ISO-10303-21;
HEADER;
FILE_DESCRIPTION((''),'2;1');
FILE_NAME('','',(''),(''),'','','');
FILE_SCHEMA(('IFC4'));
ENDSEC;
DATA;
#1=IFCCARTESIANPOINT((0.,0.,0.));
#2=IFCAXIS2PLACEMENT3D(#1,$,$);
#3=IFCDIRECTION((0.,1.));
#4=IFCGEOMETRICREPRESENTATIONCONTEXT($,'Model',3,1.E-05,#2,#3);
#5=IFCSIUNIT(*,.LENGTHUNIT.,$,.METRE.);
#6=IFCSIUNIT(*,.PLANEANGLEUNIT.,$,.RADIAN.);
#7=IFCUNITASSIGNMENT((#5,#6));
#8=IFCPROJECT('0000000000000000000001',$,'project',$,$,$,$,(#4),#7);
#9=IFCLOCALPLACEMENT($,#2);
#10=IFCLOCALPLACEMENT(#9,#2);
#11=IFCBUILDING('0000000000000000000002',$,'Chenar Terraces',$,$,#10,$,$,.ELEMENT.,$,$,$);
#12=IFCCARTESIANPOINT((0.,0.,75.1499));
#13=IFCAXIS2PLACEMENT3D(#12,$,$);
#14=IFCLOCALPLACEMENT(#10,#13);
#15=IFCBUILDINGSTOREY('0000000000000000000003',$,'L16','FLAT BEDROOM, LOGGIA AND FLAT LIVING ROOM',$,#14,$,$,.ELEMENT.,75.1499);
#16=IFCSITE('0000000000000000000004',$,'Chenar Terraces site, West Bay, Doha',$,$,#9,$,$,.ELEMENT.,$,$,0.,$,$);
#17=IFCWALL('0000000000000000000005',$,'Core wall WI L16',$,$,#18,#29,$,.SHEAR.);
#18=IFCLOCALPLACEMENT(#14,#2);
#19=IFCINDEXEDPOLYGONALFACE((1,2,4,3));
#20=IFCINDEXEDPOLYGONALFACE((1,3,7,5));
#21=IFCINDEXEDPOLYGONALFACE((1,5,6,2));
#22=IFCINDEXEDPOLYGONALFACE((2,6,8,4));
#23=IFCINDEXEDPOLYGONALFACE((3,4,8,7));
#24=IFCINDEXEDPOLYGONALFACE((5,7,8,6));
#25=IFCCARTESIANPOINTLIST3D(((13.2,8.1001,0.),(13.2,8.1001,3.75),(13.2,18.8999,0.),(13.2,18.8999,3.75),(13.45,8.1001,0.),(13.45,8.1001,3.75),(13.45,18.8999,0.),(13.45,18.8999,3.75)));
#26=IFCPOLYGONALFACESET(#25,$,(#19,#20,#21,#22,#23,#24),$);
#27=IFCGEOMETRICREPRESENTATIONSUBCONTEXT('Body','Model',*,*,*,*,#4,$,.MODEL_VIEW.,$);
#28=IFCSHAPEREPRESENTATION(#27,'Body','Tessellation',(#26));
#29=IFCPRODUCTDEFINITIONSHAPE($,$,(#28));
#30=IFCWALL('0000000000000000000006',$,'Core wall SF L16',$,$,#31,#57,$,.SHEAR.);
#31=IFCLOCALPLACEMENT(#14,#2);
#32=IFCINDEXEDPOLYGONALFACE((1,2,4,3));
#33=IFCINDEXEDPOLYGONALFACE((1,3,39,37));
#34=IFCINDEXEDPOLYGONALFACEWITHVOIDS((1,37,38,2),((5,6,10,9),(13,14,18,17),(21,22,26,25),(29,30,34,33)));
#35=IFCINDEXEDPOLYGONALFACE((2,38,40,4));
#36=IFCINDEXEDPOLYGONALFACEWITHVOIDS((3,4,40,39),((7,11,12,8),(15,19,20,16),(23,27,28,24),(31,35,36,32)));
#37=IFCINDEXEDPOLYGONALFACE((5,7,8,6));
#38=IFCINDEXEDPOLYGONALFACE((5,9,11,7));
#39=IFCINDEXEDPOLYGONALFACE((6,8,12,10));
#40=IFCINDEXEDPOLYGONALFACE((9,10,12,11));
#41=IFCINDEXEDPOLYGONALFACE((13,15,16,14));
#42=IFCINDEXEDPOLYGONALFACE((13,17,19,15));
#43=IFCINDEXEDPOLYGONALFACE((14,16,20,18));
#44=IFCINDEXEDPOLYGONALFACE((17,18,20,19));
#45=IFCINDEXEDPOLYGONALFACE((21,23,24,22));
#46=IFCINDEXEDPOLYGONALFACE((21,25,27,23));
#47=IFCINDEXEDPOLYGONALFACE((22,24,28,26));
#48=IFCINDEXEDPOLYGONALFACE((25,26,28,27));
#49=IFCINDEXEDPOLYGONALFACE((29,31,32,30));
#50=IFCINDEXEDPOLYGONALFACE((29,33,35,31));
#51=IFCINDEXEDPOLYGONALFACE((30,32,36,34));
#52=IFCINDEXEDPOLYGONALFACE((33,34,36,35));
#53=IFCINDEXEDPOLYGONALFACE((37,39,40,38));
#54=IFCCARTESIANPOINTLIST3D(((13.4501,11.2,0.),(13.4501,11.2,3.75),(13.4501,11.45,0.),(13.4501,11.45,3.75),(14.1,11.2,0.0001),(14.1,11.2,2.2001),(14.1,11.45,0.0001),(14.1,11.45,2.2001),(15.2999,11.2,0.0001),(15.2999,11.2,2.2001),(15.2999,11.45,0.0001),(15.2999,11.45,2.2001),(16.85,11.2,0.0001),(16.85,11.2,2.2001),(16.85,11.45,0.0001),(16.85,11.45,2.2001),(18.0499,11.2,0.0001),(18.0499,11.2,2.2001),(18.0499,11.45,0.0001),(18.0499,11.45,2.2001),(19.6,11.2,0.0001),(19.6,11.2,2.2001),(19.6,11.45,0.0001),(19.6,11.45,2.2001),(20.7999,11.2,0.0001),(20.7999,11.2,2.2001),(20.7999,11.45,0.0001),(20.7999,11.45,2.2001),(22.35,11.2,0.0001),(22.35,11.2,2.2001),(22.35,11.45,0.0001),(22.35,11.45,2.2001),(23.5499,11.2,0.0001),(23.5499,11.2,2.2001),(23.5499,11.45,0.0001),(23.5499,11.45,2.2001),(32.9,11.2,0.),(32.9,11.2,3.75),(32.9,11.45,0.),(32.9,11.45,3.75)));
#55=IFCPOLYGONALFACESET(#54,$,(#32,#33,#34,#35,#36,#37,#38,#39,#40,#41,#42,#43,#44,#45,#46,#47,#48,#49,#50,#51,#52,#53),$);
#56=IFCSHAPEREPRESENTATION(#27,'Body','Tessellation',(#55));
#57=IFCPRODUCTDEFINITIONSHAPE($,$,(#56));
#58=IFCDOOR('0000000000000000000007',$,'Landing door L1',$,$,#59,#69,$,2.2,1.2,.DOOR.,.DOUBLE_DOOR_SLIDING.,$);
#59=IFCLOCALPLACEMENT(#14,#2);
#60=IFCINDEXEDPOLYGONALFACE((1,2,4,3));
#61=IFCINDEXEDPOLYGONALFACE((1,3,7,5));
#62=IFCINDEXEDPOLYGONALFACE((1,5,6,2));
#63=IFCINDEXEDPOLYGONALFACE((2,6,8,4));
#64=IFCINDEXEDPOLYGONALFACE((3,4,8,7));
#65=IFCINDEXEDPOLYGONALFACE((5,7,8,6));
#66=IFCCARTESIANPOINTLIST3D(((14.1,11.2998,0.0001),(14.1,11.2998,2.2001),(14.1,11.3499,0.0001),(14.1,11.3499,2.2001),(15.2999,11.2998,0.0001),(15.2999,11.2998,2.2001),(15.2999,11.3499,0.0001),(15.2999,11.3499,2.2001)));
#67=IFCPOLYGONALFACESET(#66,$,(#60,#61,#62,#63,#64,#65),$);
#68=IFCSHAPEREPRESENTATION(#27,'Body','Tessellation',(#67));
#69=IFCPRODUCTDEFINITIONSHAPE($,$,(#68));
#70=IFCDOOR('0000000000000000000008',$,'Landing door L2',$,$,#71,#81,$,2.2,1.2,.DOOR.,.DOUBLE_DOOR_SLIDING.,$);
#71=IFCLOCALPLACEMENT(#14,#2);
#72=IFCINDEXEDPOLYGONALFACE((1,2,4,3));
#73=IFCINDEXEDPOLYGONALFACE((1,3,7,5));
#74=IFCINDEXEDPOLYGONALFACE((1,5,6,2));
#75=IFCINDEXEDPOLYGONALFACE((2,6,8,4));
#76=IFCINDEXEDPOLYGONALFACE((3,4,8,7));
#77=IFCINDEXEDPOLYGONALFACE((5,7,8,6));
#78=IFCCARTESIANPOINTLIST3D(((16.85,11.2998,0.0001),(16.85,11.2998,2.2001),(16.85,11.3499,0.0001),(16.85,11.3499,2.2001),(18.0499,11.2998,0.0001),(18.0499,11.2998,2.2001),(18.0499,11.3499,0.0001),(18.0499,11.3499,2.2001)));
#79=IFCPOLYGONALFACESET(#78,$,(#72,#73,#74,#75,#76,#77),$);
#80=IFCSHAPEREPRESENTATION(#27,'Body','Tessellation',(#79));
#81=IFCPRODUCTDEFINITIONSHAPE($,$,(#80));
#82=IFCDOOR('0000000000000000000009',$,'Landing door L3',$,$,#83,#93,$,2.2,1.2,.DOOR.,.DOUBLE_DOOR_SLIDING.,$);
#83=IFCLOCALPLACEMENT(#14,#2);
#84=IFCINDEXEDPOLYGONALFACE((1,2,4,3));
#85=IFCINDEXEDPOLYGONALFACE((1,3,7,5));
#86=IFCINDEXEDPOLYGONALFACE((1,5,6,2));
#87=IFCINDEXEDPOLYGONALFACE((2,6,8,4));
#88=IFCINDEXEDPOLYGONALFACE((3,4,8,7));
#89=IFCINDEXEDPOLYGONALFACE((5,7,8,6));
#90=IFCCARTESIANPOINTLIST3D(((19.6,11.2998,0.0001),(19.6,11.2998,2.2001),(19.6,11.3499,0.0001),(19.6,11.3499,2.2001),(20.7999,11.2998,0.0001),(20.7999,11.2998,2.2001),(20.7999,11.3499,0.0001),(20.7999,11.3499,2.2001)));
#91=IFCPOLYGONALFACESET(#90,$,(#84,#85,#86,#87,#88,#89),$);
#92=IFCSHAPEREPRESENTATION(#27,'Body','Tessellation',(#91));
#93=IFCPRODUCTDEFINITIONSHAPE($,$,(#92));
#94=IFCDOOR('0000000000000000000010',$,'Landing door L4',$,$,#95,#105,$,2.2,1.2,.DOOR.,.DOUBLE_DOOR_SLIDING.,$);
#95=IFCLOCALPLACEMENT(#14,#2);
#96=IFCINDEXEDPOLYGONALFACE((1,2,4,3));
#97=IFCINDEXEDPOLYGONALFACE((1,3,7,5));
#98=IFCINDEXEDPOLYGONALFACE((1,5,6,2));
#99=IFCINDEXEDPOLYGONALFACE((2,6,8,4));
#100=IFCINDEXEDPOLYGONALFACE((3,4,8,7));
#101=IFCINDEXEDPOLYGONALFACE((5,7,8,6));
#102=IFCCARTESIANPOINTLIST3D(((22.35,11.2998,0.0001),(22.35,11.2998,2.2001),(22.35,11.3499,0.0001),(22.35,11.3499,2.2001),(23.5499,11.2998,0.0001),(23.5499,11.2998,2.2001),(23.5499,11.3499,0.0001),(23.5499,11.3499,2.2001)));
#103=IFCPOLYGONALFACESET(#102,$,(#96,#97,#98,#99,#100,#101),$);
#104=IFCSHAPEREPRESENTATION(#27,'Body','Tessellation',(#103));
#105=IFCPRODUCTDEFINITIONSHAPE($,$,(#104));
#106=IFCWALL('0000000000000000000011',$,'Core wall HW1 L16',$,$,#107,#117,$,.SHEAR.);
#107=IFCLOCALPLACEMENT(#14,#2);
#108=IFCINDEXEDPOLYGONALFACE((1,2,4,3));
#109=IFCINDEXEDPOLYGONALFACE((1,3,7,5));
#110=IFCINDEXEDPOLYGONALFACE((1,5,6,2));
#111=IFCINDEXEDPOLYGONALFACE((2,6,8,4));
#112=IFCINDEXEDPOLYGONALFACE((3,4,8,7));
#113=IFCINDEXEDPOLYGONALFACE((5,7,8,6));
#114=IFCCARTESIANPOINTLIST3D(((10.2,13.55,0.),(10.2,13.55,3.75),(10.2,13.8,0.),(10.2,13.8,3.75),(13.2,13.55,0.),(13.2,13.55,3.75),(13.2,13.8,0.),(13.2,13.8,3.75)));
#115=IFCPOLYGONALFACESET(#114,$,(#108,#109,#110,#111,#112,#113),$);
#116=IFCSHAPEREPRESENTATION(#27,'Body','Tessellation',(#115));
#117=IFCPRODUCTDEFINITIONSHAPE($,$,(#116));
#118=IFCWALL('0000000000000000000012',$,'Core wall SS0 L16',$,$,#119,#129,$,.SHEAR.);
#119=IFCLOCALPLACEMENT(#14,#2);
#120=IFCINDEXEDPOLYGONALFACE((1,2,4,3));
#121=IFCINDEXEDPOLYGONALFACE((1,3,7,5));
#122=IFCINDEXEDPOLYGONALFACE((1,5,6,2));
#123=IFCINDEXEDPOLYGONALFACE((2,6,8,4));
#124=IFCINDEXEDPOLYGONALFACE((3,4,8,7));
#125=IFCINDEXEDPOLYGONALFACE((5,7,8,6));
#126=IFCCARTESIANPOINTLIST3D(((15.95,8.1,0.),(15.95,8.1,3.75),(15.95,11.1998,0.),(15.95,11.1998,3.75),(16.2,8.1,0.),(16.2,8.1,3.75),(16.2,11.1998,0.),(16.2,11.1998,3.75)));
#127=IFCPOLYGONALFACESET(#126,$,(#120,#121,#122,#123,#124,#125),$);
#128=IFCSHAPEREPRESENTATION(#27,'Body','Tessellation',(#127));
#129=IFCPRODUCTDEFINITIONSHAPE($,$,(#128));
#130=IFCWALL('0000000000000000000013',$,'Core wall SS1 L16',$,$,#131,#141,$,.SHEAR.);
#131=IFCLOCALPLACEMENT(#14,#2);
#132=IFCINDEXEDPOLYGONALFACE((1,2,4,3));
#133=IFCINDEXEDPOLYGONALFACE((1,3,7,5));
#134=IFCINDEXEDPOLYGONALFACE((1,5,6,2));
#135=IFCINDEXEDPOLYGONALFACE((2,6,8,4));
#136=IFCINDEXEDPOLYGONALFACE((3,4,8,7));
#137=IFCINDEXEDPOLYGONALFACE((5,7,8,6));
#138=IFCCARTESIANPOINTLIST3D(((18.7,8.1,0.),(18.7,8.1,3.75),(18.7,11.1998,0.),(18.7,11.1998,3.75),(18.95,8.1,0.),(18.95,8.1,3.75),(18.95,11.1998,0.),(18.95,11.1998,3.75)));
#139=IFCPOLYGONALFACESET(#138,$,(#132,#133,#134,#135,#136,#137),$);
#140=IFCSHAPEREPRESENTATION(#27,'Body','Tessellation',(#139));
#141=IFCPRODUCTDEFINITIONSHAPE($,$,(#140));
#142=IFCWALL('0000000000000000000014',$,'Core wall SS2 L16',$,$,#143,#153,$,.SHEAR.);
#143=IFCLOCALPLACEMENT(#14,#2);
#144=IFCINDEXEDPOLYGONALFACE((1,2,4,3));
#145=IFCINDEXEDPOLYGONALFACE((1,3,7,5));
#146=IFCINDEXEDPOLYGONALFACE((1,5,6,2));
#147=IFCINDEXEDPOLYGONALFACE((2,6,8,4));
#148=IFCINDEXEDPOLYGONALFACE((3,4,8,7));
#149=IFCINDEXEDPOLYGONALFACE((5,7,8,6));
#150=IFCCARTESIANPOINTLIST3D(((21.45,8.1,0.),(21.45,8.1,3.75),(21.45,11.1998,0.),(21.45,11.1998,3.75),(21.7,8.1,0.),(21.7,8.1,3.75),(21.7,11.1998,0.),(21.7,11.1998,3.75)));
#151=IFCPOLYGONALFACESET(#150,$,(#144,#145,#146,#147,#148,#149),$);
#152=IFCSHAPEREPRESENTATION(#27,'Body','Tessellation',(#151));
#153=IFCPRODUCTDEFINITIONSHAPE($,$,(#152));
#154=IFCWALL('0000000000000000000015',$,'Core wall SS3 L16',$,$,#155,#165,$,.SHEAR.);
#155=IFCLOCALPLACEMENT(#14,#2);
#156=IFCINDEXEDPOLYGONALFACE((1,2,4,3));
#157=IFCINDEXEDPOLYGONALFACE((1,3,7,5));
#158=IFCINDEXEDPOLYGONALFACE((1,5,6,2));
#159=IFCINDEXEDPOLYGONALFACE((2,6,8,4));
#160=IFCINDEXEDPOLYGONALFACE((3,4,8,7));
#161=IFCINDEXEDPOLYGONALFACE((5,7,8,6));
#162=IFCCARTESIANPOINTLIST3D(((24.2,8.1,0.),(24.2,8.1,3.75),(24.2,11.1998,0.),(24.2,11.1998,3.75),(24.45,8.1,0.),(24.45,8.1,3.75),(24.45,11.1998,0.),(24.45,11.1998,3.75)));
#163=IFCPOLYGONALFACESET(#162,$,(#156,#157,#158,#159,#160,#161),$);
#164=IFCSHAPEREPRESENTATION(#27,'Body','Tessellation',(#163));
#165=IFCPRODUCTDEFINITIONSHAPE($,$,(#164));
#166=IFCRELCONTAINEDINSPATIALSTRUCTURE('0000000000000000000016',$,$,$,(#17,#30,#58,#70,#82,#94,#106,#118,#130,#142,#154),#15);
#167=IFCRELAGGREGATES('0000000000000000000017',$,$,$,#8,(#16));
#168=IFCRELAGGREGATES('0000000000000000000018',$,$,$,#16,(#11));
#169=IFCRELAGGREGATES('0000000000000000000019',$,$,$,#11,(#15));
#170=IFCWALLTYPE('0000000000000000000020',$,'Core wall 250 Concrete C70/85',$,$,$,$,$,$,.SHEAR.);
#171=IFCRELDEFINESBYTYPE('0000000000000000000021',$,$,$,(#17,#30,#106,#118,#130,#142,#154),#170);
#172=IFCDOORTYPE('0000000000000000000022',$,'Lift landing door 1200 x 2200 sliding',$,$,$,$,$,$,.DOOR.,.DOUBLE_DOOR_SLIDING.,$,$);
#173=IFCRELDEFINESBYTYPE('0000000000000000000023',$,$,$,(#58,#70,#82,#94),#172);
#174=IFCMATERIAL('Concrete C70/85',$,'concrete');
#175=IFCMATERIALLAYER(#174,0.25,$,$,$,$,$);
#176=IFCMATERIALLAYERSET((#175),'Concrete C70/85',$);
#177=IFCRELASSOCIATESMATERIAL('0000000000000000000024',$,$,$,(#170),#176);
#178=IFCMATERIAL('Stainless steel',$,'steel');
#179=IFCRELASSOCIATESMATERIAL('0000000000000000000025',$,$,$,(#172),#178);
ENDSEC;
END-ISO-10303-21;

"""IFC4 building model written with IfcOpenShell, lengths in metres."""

from ifc_helpers import new_model, si_unit, direction, frame, frame_2d, origin, place, context, subcontext, project, spatial, rectangle, extrude, material, layer, layer_set, type_object, element, fill, save


model = new_model("IFC4")

# Units and contexts
model_context = context("Model", 3, precision=1e-05, world=origin(), true_north=direction((0.0, 1.0)))
body_context = subcontext(model_context, "Body", "Model", "MODEL_VIEW")
ifc_project = project(units=[si_unit("LENGTHUNIT", "METRE"), si_unit("PLANEANGLEUNIT", "RADIAN")], contexts=[model_context])

# Site, building, storey
site_placement = place(None, origin())
site = spatial("IfcSite", under=ifc_project, at=site_placement, Name="Chenar Terraces site, West Bay, Doha", CompositionType="ELEMENT", RefElevation=0.0)
building_placement = place(site_placement, origin())
building = spatial("IfcBuilding", under=site, at=building_placement, Name="Chenar Terraces", CompositionType="ELEMENT")
storey_placement = place(building_placement, frame((0.0, 0.0, 75.1499)))
storey = spatial("IfcBuildingStorey", under=building, at=storey_placement, Name="L16", Description="FLAT BEDROOM, LOGGIA AND FLAT LIVING ROOM", CompositionType="ELEMENT", Elevation=75.1499)

# Wall
ifc_material_1 = material(Name="Concrete C70/85", Category="concrete")
ifc_layer_1 = layer(ifc_material_1, 0.25)
ifc_layer_set_1 = layer_set([ifc_layer_1], Name="Concrete C70/85")
wall_type_1 = type_object("IfcWallType", Name="Core wall 250 Concrete C70/85", PredefinedType="SHEAR", material=ifc_layer_set_1)
wall_1_placement = place(storey_placement, frame((13.325, 8.1001, 0.0), z_axis=(0.0, 0.0, 1.0), x_axis=(0.0, 1.0, 0.0)))
element("IfcWall", 1, at=wall_1_placement, inside=storey, type_object=wall_type_1, Name="Core wall WI L16", PredefinedType="SHEAR", context=body_context, shape_type="SweptSolid", body=[
    extrude(rectangle(XDim=10.7998, YDim=0.25, at=frame_2d((5.3999, 0.0))), origin(), (0.0, 0.0, 1.0), 3.75),
])

# Wall, openings, doors
wall_2_placement = place(storey_placement, frame((13.45, 11.325, 0.0), z_axis=(0.0, 0.0, 1.0), x_axis=(1.0, 0.0, 0.0)))
wall_2 = element("IfcWall", 2, at=wall_2_placement, inside=storey, type_object=wall_type_1, Name="Core wall SF L16", PredefinedType="SHEAR", context=body_context, shape_type="SweptSolid", body=[
    extrude(rectangle(XDim=19.45, YDim=0.25, at=frame_2d((9.7251, 0.0))), origin(), (0.0, 0.0, 1.0), 3.75),
])
opening_1_placement = place(wall_2_placement, frame((0.6499, 0.0, 0.0)))
opening_1 = element("IfcOpeningElement", 3, at=opening_1_placement, cuts=wall_2, PredefinedType="OPENING", context=body_context, shape_type="SweptSolid", body=[
    extrude(rectangle(XDim=1.2, YDim=2.2, at=frame_2d((0.6001, 1.1001))), frame((0.0, 0.135, 0.0), z_axis=(0.0, -1.0, 0.0), x_axis=(1.0, 0.0, 0.0)), (0.0, 0.0, 1.0), 0.27),
])
opening_2_placement = place(wall_2_placement, frame((3.3999, 0.0, 0.0)))
opening_2 = element("IfcOpeningElement", 4, at=opening_2_placement, cuts=wall_2, PredefinedType="OPENING", context=body_context, shape_type="SweptSolid", body=[
    extrude(rectangle(XDim=1.2, YDim=2.2, at=frame_2d((0.6001, 1.1001))), frame((0.0, 0.135, 0.0), z_axis=(0.0, -1.0, 0.0), x_axis=(1.0, 0.0, 0.0)), (0.0, 0.0, 1.0), 0.27),
])
opening_3_placement = place(wall_2_placement, frame((6.1499, 0.0, 0.0)))
opening_3 = element("IfcOpeningElement", 5, at=opening_3_placement, cuts=wall_2, PredefinedType="OPENING", context=body_context, shape_type="SweptSolid", body=[
    extrude(rectangle(XDim=1.2, YDim=2.2, at=frame_2d((0.6001, 1.1001))), frame((0.0, 0.135, 0.0), z_axis=(0.0, -1.0, 0.0), x_axis=(1.0, 0.0, 0.0)), (0.0, 0.0, 1.0), 0.27),
])
opening_4_placement = place(wall_2_placement, frame((8.8999, 0.0, 0.0)))
opening_4 = element("IfcOpeningElement", 6, at=opening_4_placement, cuts=wall_2, PredefinedType="OPENING", context=body_context, shape_type="SweptSolid", body=[
    extrude(rectangle(XDim=1.2, YDim=2.2, at=frame_2d((0.6001, 1.1001))), frame((0.0, 0.135, 0.0), z_axis=(0.0, -1.0, 0.0), x_axis=(1.0, 0.0, 0.0)), (0.0, 0.0, 1.0), 0.27),
])
ifc_material_2 = material(Name="Stainless steel", Category="steel")
door_type_1 = type_object("IfcDoorType", Name="Lift landing door 1200 x 2200 sliding", OperationType="DOUBLE_DOOR_SLIDING", PredefinedType="DOOR", material=ifc_material_2)
door_1_placement = place(opening_1_placement, origin())
door_1 = element("IfcDoor", 7, at=door_1_placement, inside=storey, type_object=door_type_1, Name="Landing door L1", OperationType="DOUBLE_DOOR_SLIDING", OverallHeight=2.2, OverallWidth=1.2, PredefinedType="DOOR", context=body_context, shape_type="SweptSolid", body=[
    extrude(rectangle(XDim=1.2, YDim=2.2, at=frame_2d((0.6001, 1.1001))), frame((0.0, 0.0249, 0.0), z_axis=(0.0, -1.0, 0.0), x_axis=(1.0, 0.0, 0.0)), (0.0, 0.0, 1.0), 0.05),
])
fill(opening_1, door_1)
door_2_placement = place(opening_2_placement, origin())
door_2 = element("IfcDoor", 8, at=door_2_placement, inside=storey, type_object=door_type_1, Name="Landing door L2", OperationType="DOUBLE_DOOR_SLIDING", OverallHeight=2.2, OverallWidth=1.2, PredefinedType="DOOR", context=body_context, shape_type="SweptSolid", body=[
    extrude(rectangle(XDim=1.2, YDim=2.2, at=frame_2d((0.6001, 1.1001))), frame((0.0, 0.0249, 0.0), z_axis=(0.0, -1.0, 0.0), x_axis=(1.0, 0.0, 0.0)), (0.0, 0.0, 1.0), 0.05),
])
fill(opening_2, door_2)
door_3_placement = place(opening_3_placement, origin())
door_3 = element("IfcDoor", 9, at=door_3_placement, inside=storey, type_object=door_type_1, Name="Landing door L3", OperationType="DOUBLE_DOOR_SLIDING", OverallHeight=2.2, OverallWidth=1.2, PredefinedType="DOOR", context=body_context, shape_type="SweptSolid", body=[
    extrude(rectangle(XDim=1.2, YDim=2.2, at=frame_2d((0.6001, 1.1001))), frame((0.0, 0.0249, 0.0), z_axis=(0.0, -1.0, 0.0), x_axis=(1.0, 0.0, 0.0)), (0.0, 0.0, 1.0), 0.05),
])
fill(opening_3, door_3)
door_4_placement = place(opening_4_placement, origin())
door_4 = element("IfcDoor", 10, at=door_4_placement, inside=storey, type_object=door_type_1, Name="Landing door L4", OperationType="DOUBLE_DOOR_SLIDING", OverallHeight=2.2, OverallWidth=1.2, PredefinedType="DOOR", context=body_context, shape_type="SweptSolid", body=[
    extrude(rectangle(XDim=1.2, YDim=2.2, at=frame_2d((0.6001, 1.1001))), frame((0.0, 0.0249, 0.0), z_axis=(0.0, -1.0, 0.0), x_axis=(1.0, 0.0, 0.0)), (0.0, 0.0, 1.0), 0.05),
])
fill(opening_4, door_4)

# Walls
wall_3_placement = place(storey_placement, frame((10.2, 13.675, 0.0), z_axis=(0.0, 0.0, 1.0), x_axis=(1.0, 0.0, 0.0)))
element("IfcWall", 11, at=wall_3_placement, inside=storey, type_object=wall_type_1, Name="Core wall HW1 L16", PredefinedType="SHEAR", context=body_context, shape_type="SweptSolid", body=[
    extrude(rectangle(XDim=3.0, YDim=0.25, at=frame_2d((1.5, 0.0))), origin(), (0.0, 0.0, 1.0), 3.75),
])
for number, where, z_axis, x_axis, name in (
    (12, (16.075, 8.1001, 0.0), (0.0, 0.0, 1.0), (0.0, 1.0, 0.0), "Core wall SS0 L16"),
    (13, (18.825, 8.1001, 0.0), (0.0, 0.0, 1.0), (0.0, 1.0, 0.0), "Core wall SS1 L16"),
    (14, (21.575, 8.1001, 0.0), (0.0, 0.0, 1.0), (0.0, 1.0, 0.0), "Core wall SS2 L16"),
    (15, (24.325, 8.1001, 0.0), (0.0, 0.0, 1.0), (0.0, 1.0, 0.0), "Core wall SS3 L16"),
):
    element("IfcWall", number, at=place(storey_placement, frame(where, z_axis=z_axis, x_axis=x_axis)), inside=storey, type_object=wall_type_1, Name=name, PredefinedType="SHEAR", context=body_context, shape_type="SweptSolid", body=[
        extrude(rectangle(XDim=3.0999, YDim=0.25, at=frame_2d((1.5498, 0.0))), origin(), (0.0, 0.0, 1.0), 3.75),
    ])

save(model, "model.ifc")
